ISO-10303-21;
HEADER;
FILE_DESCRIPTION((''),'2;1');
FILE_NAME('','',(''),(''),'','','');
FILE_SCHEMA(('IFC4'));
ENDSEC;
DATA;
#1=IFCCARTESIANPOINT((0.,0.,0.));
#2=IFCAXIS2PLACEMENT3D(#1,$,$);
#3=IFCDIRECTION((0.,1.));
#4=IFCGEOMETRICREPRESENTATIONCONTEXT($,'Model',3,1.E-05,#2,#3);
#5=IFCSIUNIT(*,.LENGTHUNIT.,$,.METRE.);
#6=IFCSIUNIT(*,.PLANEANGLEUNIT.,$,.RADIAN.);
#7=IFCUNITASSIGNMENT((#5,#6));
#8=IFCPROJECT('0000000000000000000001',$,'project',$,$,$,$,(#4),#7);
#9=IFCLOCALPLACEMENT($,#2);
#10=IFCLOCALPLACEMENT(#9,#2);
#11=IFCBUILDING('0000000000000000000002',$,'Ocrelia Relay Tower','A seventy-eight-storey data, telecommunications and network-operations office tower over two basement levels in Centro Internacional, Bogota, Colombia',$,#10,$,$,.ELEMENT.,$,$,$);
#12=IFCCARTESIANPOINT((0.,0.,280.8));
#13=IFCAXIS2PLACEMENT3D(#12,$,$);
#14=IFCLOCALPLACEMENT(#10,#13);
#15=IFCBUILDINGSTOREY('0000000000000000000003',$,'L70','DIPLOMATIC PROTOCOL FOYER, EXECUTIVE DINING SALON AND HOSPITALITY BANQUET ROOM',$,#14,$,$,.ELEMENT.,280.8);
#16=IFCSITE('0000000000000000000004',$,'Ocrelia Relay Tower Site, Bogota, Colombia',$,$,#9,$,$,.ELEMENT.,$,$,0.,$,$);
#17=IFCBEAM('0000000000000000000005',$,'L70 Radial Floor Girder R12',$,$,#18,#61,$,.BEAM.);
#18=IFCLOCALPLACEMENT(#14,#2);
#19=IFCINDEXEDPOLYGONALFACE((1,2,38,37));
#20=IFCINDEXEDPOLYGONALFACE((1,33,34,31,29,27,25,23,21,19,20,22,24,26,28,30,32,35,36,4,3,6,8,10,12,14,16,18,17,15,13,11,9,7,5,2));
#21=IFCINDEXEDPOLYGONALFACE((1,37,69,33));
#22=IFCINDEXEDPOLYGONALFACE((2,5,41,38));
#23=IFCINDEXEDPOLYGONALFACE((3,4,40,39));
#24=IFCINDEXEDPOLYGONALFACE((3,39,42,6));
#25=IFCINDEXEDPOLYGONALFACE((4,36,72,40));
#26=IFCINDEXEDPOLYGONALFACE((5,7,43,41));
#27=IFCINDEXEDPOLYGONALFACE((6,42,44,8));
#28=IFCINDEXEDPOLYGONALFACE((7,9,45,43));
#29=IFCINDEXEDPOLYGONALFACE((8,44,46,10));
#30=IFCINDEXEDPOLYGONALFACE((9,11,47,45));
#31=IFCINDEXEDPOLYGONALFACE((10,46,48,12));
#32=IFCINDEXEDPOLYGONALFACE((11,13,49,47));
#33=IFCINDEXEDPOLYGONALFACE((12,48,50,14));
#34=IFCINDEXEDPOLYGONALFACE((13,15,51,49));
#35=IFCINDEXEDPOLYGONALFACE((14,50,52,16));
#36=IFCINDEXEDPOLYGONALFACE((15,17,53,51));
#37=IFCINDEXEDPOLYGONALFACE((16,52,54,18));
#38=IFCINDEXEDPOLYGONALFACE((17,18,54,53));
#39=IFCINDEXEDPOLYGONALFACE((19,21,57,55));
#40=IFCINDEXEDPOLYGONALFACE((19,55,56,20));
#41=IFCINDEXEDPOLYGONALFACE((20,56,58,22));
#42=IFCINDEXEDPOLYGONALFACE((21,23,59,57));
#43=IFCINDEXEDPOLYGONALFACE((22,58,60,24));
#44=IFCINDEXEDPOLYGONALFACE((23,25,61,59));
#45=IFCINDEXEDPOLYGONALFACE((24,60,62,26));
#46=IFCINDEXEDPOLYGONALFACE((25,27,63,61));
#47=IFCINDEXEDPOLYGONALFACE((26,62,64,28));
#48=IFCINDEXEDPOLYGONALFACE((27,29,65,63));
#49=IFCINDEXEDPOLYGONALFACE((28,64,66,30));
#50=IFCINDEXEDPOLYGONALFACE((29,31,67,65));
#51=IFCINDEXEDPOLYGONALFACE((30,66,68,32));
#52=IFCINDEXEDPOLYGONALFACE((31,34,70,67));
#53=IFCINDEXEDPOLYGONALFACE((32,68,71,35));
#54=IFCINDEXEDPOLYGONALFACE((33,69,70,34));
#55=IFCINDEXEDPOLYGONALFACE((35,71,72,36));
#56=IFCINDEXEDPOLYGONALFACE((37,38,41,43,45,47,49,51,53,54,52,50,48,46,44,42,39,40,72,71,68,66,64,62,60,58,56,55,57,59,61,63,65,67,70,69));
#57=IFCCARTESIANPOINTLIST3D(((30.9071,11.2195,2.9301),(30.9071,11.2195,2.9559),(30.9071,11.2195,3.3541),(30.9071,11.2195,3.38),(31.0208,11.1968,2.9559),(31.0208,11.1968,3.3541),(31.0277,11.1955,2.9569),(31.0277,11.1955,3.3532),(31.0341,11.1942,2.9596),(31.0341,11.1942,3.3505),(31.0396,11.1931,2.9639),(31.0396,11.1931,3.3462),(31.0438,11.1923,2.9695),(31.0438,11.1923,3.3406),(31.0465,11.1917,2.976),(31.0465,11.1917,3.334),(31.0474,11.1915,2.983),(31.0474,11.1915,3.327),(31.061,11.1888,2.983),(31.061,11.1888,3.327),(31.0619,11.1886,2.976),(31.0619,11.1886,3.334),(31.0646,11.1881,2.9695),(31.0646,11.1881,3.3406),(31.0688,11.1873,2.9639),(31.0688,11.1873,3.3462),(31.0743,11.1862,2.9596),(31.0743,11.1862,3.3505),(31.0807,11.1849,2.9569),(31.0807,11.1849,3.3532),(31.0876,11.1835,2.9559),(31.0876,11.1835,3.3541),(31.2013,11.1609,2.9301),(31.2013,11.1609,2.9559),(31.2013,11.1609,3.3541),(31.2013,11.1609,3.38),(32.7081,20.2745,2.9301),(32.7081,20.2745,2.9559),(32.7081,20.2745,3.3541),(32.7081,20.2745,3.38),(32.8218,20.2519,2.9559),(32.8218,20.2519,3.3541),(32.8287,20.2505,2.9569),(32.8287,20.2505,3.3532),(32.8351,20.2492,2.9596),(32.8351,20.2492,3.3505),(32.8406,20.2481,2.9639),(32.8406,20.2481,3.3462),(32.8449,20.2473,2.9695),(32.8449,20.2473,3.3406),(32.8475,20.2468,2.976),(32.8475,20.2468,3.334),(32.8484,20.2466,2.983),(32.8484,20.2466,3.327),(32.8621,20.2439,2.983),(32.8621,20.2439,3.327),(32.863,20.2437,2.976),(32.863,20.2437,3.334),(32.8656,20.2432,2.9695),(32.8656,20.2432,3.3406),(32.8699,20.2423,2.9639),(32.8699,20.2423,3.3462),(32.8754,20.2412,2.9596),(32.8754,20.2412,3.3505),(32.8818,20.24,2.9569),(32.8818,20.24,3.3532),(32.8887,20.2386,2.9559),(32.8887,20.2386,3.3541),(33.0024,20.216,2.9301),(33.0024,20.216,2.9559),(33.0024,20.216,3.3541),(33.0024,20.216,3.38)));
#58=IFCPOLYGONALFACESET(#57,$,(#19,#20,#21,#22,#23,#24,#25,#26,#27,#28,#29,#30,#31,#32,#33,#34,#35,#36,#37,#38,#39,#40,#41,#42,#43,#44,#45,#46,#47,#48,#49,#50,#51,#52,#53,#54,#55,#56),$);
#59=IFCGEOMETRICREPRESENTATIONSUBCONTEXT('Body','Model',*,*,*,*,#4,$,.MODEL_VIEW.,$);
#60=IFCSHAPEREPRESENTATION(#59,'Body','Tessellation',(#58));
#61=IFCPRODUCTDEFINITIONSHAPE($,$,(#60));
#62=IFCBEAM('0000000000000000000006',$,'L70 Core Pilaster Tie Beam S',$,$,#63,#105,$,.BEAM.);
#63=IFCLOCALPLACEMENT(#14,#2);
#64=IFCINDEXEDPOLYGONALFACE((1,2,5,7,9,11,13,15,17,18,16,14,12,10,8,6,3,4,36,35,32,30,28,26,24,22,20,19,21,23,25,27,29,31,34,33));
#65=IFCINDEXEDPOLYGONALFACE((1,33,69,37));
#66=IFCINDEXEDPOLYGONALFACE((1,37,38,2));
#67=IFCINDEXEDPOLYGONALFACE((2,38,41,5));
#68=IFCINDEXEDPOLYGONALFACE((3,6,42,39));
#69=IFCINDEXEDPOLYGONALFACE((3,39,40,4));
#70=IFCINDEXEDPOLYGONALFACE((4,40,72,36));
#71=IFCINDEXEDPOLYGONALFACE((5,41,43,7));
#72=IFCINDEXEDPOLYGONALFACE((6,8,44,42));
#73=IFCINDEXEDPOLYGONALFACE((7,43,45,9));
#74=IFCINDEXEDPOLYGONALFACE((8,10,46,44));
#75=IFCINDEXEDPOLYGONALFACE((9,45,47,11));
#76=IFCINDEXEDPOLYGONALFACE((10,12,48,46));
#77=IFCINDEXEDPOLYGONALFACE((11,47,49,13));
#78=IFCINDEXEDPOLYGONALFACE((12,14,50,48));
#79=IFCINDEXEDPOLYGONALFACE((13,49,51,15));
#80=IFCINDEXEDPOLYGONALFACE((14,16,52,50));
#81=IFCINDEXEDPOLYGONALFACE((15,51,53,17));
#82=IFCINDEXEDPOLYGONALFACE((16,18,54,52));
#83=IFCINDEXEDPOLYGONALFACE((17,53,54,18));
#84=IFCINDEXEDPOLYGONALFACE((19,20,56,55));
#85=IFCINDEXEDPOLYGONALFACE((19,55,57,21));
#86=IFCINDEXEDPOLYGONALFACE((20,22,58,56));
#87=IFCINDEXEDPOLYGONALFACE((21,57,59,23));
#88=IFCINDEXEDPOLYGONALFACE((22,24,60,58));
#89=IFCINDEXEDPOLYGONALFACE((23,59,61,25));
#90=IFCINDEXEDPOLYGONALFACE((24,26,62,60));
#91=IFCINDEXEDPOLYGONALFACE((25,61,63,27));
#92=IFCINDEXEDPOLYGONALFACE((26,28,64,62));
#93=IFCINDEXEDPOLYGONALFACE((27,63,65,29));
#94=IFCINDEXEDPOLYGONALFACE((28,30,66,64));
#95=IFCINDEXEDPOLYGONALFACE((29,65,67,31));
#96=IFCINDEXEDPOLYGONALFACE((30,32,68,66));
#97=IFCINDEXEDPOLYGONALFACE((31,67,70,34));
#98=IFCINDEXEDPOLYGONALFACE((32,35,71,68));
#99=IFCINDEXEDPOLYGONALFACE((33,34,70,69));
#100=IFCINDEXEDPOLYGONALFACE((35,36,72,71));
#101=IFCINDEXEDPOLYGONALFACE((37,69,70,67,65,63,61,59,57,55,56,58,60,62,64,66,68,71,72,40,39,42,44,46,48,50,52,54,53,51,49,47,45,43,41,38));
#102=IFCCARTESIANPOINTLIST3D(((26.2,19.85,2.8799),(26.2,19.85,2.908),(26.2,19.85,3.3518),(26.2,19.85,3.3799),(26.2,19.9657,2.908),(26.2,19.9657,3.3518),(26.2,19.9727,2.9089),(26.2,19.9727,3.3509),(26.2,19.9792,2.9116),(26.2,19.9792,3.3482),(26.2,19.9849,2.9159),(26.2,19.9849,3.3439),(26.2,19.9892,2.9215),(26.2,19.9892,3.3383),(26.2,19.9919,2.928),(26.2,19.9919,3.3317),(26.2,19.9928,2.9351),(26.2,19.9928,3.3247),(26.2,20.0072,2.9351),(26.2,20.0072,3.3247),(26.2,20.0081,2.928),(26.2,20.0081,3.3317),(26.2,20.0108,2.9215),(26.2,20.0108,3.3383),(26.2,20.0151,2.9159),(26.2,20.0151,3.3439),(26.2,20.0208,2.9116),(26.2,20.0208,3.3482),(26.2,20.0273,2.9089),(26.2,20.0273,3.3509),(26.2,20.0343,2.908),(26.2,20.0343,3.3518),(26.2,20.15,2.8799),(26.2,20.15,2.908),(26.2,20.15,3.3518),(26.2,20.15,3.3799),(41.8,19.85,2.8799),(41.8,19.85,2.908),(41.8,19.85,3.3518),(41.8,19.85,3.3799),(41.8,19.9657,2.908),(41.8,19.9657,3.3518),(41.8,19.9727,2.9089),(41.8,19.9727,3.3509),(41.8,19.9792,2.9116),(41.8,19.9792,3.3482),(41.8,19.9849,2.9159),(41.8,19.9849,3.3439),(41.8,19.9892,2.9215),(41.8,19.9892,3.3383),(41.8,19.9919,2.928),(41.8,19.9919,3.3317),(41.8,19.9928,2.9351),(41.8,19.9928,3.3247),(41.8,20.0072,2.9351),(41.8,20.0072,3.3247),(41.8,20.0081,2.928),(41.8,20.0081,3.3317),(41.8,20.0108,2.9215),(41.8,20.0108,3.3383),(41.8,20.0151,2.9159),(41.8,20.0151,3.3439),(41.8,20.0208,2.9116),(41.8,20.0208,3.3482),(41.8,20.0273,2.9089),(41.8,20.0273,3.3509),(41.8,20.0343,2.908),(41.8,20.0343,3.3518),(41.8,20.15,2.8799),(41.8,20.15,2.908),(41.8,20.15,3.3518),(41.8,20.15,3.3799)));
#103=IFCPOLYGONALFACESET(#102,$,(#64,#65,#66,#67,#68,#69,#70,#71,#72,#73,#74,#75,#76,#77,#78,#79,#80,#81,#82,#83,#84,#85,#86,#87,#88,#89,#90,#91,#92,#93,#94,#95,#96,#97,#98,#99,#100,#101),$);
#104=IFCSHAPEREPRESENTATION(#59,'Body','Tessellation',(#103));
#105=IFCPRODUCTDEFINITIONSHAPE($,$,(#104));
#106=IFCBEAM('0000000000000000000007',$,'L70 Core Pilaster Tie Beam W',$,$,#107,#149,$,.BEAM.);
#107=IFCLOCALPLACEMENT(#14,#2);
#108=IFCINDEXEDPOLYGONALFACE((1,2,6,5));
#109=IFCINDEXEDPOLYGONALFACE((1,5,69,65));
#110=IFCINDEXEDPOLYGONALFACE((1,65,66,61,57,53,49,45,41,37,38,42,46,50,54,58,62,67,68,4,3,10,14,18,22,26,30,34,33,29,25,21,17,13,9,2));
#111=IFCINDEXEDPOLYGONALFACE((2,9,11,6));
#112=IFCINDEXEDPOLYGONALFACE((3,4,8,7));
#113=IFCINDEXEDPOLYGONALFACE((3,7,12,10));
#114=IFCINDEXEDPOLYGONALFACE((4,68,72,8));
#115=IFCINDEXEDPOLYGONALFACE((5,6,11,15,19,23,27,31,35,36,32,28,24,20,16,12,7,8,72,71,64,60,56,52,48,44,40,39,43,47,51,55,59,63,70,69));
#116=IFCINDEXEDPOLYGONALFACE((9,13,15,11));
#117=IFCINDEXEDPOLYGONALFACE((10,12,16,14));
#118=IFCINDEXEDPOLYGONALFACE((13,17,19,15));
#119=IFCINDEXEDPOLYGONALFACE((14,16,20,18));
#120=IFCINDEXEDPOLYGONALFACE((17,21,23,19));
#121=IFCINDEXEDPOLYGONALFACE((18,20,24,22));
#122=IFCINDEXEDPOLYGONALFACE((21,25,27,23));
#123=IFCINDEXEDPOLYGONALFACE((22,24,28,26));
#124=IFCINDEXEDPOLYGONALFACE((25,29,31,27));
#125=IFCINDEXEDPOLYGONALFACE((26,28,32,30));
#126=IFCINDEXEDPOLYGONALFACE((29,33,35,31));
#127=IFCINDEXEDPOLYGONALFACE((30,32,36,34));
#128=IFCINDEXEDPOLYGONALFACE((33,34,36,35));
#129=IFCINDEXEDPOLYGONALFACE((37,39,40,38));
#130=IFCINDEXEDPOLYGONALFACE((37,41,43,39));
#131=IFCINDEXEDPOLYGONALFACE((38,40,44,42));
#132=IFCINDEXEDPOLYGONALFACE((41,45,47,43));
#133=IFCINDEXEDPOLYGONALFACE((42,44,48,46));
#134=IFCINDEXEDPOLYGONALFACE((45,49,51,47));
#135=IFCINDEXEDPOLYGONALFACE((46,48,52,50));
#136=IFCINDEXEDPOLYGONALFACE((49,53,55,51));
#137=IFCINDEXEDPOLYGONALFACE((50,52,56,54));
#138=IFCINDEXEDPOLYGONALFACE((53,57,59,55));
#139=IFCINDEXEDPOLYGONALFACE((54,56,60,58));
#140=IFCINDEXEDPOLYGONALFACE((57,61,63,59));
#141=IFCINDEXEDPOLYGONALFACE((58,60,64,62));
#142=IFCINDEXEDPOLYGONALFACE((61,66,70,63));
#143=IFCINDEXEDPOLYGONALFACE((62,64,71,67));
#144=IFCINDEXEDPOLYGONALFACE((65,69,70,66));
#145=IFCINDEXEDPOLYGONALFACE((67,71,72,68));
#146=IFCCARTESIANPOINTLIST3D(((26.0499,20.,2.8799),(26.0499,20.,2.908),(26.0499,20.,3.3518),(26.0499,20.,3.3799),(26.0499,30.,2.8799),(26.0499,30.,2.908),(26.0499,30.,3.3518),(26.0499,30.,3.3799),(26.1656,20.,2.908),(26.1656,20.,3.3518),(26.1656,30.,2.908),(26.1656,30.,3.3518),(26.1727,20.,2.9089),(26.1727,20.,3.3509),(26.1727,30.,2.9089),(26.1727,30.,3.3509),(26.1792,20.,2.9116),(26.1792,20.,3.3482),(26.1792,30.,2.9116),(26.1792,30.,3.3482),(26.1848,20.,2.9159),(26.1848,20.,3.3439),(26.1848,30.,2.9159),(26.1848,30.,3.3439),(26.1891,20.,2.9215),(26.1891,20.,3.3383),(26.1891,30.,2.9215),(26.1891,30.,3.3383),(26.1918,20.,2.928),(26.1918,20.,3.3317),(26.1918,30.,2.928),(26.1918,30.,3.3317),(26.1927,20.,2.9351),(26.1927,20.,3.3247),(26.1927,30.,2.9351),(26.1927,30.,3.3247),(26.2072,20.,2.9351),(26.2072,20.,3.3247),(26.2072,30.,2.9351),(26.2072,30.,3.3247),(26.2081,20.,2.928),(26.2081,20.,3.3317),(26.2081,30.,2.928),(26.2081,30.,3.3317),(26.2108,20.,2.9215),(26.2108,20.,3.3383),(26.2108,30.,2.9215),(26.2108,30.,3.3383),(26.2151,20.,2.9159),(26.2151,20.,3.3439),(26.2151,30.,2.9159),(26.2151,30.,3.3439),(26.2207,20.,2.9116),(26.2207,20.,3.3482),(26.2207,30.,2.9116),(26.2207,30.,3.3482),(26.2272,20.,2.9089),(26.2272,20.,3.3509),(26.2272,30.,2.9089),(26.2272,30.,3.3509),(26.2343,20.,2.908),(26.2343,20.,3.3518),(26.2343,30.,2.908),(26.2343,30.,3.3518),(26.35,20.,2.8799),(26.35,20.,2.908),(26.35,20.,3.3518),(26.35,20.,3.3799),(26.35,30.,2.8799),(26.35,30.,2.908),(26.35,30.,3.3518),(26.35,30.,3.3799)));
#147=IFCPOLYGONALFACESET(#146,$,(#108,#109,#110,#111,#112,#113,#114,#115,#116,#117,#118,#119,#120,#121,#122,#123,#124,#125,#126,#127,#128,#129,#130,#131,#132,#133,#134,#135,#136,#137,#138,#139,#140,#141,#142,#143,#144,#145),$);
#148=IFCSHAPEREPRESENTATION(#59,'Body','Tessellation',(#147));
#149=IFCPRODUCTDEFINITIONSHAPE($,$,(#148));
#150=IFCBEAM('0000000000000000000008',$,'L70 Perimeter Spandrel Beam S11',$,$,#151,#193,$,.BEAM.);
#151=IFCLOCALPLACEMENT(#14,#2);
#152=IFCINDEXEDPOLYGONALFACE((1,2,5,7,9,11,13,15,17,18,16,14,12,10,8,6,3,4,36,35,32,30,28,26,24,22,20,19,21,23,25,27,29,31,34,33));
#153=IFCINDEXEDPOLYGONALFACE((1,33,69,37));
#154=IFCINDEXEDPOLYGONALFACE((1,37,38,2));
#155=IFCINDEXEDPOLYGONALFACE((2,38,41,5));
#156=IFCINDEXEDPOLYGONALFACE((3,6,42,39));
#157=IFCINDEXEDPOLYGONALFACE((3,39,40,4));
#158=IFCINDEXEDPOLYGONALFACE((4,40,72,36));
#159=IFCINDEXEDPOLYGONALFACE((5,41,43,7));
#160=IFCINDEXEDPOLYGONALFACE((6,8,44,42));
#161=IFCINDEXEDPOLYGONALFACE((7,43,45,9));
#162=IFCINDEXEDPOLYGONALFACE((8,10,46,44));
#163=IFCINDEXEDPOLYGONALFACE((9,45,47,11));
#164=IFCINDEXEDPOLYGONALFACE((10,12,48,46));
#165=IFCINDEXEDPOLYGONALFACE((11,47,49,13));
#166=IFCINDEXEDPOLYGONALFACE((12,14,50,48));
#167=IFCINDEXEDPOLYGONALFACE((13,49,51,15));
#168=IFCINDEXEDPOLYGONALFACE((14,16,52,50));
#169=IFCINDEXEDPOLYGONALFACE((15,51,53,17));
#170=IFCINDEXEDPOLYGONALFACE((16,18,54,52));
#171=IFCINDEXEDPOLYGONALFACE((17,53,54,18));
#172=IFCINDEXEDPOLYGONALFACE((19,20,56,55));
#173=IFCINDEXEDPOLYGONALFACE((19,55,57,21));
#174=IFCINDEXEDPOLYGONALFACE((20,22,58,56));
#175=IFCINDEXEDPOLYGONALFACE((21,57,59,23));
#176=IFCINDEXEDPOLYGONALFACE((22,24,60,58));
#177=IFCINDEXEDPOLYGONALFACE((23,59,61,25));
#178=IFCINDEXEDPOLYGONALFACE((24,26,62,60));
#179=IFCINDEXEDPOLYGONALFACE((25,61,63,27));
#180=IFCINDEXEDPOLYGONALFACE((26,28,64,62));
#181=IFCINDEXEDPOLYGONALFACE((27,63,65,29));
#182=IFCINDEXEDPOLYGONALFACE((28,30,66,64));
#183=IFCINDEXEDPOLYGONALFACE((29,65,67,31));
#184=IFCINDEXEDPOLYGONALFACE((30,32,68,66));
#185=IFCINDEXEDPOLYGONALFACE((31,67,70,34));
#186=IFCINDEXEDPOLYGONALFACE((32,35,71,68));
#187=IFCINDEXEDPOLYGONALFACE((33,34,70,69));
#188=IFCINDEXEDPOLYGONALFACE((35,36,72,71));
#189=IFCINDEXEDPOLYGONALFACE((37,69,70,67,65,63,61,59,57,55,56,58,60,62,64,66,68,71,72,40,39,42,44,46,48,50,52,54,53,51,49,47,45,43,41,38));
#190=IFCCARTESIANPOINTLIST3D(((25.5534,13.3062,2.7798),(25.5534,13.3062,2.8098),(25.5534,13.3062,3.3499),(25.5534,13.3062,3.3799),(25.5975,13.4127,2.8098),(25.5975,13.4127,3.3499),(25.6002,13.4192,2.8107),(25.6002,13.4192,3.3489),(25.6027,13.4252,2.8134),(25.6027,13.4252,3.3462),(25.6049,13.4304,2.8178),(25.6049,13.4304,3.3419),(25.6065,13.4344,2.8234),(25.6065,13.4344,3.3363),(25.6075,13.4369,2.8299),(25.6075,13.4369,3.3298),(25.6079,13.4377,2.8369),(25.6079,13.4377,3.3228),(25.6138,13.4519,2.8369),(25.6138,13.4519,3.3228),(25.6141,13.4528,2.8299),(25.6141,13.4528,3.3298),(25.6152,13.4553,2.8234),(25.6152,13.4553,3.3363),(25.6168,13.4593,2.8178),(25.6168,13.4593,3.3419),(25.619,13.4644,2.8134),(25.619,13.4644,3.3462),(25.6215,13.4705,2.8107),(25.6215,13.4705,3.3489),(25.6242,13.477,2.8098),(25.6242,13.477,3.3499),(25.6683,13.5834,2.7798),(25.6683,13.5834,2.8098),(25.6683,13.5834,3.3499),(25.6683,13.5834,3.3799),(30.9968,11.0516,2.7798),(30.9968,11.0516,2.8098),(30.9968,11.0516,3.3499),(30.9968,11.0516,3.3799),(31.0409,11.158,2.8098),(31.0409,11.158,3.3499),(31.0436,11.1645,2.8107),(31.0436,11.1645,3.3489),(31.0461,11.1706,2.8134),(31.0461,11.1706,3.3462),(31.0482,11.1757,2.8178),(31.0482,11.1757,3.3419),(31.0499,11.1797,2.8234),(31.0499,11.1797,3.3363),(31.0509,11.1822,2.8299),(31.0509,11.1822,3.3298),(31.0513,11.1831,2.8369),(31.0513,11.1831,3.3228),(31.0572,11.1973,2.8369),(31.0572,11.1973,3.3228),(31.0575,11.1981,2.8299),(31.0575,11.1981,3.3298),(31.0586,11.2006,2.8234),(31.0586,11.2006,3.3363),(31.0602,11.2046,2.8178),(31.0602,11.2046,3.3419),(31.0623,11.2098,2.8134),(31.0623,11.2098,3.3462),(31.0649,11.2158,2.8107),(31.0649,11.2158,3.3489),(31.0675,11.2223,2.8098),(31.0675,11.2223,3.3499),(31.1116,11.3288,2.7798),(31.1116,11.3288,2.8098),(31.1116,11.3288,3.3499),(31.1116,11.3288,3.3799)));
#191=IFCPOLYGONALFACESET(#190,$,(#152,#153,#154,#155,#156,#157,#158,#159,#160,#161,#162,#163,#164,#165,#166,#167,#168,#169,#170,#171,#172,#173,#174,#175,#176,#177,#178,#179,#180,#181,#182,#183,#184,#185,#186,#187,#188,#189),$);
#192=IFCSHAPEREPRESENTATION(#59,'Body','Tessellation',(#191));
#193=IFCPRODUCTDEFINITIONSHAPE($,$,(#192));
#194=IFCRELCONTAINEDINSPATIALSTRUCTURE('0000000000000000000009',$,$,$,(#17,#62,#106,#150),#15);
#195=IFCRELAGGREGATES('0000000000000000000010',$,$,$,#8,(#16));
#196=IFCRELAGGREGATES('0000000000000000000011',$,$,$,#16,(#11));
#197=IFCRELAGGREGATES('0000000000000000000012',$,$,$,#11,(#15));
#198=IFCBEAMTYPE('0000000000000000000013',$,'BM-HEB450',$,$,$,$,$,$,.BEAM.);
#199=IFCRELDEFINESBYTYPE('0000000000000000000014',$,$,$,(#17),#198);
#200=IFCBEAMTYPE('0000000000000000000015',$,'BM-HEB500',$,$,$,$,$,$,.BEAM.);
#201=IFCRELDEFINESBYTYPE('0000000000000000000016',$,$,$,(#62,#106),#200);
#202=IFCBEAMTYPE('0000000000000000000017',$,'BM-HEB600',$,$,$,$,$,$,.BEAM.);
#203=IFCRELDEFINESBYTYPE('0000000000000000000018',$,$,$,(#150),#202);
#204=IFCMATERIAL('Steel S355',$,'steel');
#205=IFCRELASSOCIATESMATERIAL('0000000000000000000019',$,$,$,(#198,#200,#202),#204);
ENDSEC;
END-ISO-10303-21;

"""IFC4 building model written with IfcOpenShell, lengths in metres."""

from ifc_helpers import new_model, si_unit, direction, frame, origin, origin_2d, place, context, subcontext, project, spatial, i_section, extrude, material, material_profile, profile_set, type_object, element, save


model = new_model("IFC4")

# Units and contexts
model_context = context("Model", 3, precision=1e-05, world=origin(), true_north=direction((0.0, 1.0)))
body_context = subcontext(model_context, "Body", "Model", "MODEL_VIEW")
ifc_project = project(units=[si_unit("LENGTHUNIT", "METRE"), si_unit("PLANEANGLEUNIT", "RADIAN")], contexts=[model_context])

# Site, building, storey
site_placement = place(None, origin())
site = spatial("IfcSite", under=ifc_project, at=site_placement, Name="Ocrelia Relay Tower Site, Bogota, Colombia", CompositionType="ELEMENT", RefElevation=0.0)
building_placement = place(site_placement, origin())
building = spatial("IfcBuilding", under=site, at=building_placement, Name="Ocrelia Relay Tower", Description="A seventy-eight-storey data, telecommunications and network-operations office tower over two basement levels in Centro Internacional, Bogota, Colombia", CompositionType="ELEMENT")
storey_placement = place(building_placement, frame((0.0, 0.0, 280.8)))
storey = spatial("IfcBuildingStorey", under=building, at=storey_placement, Name="L70", Description="DIPLOMATIC PROTOCOL FOYER, EXECUTIVE DINING SALON AND HOSPITALITY BANQUET ROOM", CompositionType="ELEMENT", Elevation=280.8)

# Beams
ifc_material_1 = material(Name="Steel S355", Category="steel")
ifc_material_profile_1 = material_profile(ifc_material_1, i_section(OverallWidth=0.3, OverallDepth=0.45, WebThickness=0.0139, FlangeThickness=0.0259, FilletRadius=0.0271, at=origin_2d()), Name="HEB 450")
ifc_profile_set_1 = profile_set([ifc_material_profile_1], Name="Steel S355")
beam_type_1 = type_object("IfcBeamType", Name="BM-HEB450", PredefinedType="BEAM", material=ifc_profile_set_1)
beam_1_placement = place(storey_placement, frame((31.0542, 11.1902, 3.155), z_axis=(0.195079, 0.980788, 0.0), x_axis=(-0.980788, 0.195079, 0.0)))
element("IfcBeam", 1, at=beam_1_placement, inside=storey, type_object=beam_type_1, Name="L70 Radial Floor Girder R12", PredefinedType="BEAM", context=body_context, shape_type="SweptSolid", body=[
    extrude(i_section(OverallWidth=0.3, OverallDepth=0.45, WebThickness=0.0139, FlangeThickness=0.0259, FilletRadius=0.0271, at=origin_2d()), origin(), (0.0, 0.0, 1.0), 9.2324),
])
ifc_material_profile_2 = material_profile(ifc_material_1, i_section(OverallWidth=0.3, OverallDepth=0.5, WebThickness=0.0144, FlangeThickness=0.0281, FilletRadius=0.0271, at=origin_2d()), Name="HEB 500")
ifc_profile_set_2 = profile_set([ifc_material_profile_2], Name="Steel S355")
beam_type_2 = type_object("IfcBeamType", Name="BM-HEB500", PredefinedType="BEAM", material=ifc_profile_set_2)
beam_2_placement = place(storey_placement, frame((26.2, 20.0, 3.1299), z_axis=(1.0, 0.0, 0.0), x_axis=(0.0, 1.0, 0.0)))
element("IfcBeam", 2, at=beam_2_placement, inside=storey, type_object=beam_type_2, Name="L70 Core Pilaster Tie Beam S", PredefinedType="BEAM", context=body_context, shape_type="SweptSolid", body=[
    extrude(i_section(OverallWidth=0.3, OverallDepth=0.5, WebThickness=0.0144, FlangeThickness=0.0281, FilletRadius=0.0271, at=origin_2d()), origin(), (0.0, 0.0, 1.0), 15.6001),
])
beam_3_placement = place(storey_placement, frame((26.2, 20.0, 3.1299), z_axis=(0.0, 1.0, 0.0), x_axis=(-1.0, 0.0, 0.0)))
element("IfcBeam", 3, at=beam_3_placement, inside=storey, type_object=beam_type_2, Name="L70 Core Pilaster Tie Beam W", PredefinedType="BEAM", context=body_context, shape_type="SweptSolid", body=[
    extrude(i_section(OverallWidth=0.3, OverallDepth=0.5, WebThickness=0.0144, FlangeThickness=0.0281, FilletRadius=0.0271, at=origin_2d()), origin(), (0.0, 0.0, 1.0), 10.0),
])
ifc_material_profile_3 = material_profile(ifc_material_1, i_section(OverallWidth=0.3, OverallDepth=0.6001, WebThickness=0.0154, FlangeThickness=0.03, FilletRadius=0.0271, at=origin_2d()), Name="HEB 600")
ifc_profile_set_3 = profile_set([ifc_material_profile_3], Name="Steel S355")
beam_type_3 = type_object("IfcBeamType", Name="BM-HEB600", PredefinedType="BEAM", material=ifc_profile_set_3)
beam_4_placement = place(storey_placement, frame((25.6108, 13.4448, 3.0798), z_axis=(0.923884, -0.382673, 0.0), x_axis=(0.382673, 0.923884, 0.0)))
element("IfcBeam", 4, at=beam_4_placement, inside=storey, type_object=beam_type_3, Name="L70 Perimeter Spandrel Beam S11", PredefinedType="BEAM", context=body_context, shape_type="SweptSolid", body=[
    extrude(i_section(OverallWidth=0.3, OverallDepth=0.6001, WebThickness=0.0154, FlangeThickness=0.03, FilletRadius=0.0271, at=origin_2d()), origin(), (0.0, 0.0, 1.0), 5.8918),
])

save(model, "model.ifc")
